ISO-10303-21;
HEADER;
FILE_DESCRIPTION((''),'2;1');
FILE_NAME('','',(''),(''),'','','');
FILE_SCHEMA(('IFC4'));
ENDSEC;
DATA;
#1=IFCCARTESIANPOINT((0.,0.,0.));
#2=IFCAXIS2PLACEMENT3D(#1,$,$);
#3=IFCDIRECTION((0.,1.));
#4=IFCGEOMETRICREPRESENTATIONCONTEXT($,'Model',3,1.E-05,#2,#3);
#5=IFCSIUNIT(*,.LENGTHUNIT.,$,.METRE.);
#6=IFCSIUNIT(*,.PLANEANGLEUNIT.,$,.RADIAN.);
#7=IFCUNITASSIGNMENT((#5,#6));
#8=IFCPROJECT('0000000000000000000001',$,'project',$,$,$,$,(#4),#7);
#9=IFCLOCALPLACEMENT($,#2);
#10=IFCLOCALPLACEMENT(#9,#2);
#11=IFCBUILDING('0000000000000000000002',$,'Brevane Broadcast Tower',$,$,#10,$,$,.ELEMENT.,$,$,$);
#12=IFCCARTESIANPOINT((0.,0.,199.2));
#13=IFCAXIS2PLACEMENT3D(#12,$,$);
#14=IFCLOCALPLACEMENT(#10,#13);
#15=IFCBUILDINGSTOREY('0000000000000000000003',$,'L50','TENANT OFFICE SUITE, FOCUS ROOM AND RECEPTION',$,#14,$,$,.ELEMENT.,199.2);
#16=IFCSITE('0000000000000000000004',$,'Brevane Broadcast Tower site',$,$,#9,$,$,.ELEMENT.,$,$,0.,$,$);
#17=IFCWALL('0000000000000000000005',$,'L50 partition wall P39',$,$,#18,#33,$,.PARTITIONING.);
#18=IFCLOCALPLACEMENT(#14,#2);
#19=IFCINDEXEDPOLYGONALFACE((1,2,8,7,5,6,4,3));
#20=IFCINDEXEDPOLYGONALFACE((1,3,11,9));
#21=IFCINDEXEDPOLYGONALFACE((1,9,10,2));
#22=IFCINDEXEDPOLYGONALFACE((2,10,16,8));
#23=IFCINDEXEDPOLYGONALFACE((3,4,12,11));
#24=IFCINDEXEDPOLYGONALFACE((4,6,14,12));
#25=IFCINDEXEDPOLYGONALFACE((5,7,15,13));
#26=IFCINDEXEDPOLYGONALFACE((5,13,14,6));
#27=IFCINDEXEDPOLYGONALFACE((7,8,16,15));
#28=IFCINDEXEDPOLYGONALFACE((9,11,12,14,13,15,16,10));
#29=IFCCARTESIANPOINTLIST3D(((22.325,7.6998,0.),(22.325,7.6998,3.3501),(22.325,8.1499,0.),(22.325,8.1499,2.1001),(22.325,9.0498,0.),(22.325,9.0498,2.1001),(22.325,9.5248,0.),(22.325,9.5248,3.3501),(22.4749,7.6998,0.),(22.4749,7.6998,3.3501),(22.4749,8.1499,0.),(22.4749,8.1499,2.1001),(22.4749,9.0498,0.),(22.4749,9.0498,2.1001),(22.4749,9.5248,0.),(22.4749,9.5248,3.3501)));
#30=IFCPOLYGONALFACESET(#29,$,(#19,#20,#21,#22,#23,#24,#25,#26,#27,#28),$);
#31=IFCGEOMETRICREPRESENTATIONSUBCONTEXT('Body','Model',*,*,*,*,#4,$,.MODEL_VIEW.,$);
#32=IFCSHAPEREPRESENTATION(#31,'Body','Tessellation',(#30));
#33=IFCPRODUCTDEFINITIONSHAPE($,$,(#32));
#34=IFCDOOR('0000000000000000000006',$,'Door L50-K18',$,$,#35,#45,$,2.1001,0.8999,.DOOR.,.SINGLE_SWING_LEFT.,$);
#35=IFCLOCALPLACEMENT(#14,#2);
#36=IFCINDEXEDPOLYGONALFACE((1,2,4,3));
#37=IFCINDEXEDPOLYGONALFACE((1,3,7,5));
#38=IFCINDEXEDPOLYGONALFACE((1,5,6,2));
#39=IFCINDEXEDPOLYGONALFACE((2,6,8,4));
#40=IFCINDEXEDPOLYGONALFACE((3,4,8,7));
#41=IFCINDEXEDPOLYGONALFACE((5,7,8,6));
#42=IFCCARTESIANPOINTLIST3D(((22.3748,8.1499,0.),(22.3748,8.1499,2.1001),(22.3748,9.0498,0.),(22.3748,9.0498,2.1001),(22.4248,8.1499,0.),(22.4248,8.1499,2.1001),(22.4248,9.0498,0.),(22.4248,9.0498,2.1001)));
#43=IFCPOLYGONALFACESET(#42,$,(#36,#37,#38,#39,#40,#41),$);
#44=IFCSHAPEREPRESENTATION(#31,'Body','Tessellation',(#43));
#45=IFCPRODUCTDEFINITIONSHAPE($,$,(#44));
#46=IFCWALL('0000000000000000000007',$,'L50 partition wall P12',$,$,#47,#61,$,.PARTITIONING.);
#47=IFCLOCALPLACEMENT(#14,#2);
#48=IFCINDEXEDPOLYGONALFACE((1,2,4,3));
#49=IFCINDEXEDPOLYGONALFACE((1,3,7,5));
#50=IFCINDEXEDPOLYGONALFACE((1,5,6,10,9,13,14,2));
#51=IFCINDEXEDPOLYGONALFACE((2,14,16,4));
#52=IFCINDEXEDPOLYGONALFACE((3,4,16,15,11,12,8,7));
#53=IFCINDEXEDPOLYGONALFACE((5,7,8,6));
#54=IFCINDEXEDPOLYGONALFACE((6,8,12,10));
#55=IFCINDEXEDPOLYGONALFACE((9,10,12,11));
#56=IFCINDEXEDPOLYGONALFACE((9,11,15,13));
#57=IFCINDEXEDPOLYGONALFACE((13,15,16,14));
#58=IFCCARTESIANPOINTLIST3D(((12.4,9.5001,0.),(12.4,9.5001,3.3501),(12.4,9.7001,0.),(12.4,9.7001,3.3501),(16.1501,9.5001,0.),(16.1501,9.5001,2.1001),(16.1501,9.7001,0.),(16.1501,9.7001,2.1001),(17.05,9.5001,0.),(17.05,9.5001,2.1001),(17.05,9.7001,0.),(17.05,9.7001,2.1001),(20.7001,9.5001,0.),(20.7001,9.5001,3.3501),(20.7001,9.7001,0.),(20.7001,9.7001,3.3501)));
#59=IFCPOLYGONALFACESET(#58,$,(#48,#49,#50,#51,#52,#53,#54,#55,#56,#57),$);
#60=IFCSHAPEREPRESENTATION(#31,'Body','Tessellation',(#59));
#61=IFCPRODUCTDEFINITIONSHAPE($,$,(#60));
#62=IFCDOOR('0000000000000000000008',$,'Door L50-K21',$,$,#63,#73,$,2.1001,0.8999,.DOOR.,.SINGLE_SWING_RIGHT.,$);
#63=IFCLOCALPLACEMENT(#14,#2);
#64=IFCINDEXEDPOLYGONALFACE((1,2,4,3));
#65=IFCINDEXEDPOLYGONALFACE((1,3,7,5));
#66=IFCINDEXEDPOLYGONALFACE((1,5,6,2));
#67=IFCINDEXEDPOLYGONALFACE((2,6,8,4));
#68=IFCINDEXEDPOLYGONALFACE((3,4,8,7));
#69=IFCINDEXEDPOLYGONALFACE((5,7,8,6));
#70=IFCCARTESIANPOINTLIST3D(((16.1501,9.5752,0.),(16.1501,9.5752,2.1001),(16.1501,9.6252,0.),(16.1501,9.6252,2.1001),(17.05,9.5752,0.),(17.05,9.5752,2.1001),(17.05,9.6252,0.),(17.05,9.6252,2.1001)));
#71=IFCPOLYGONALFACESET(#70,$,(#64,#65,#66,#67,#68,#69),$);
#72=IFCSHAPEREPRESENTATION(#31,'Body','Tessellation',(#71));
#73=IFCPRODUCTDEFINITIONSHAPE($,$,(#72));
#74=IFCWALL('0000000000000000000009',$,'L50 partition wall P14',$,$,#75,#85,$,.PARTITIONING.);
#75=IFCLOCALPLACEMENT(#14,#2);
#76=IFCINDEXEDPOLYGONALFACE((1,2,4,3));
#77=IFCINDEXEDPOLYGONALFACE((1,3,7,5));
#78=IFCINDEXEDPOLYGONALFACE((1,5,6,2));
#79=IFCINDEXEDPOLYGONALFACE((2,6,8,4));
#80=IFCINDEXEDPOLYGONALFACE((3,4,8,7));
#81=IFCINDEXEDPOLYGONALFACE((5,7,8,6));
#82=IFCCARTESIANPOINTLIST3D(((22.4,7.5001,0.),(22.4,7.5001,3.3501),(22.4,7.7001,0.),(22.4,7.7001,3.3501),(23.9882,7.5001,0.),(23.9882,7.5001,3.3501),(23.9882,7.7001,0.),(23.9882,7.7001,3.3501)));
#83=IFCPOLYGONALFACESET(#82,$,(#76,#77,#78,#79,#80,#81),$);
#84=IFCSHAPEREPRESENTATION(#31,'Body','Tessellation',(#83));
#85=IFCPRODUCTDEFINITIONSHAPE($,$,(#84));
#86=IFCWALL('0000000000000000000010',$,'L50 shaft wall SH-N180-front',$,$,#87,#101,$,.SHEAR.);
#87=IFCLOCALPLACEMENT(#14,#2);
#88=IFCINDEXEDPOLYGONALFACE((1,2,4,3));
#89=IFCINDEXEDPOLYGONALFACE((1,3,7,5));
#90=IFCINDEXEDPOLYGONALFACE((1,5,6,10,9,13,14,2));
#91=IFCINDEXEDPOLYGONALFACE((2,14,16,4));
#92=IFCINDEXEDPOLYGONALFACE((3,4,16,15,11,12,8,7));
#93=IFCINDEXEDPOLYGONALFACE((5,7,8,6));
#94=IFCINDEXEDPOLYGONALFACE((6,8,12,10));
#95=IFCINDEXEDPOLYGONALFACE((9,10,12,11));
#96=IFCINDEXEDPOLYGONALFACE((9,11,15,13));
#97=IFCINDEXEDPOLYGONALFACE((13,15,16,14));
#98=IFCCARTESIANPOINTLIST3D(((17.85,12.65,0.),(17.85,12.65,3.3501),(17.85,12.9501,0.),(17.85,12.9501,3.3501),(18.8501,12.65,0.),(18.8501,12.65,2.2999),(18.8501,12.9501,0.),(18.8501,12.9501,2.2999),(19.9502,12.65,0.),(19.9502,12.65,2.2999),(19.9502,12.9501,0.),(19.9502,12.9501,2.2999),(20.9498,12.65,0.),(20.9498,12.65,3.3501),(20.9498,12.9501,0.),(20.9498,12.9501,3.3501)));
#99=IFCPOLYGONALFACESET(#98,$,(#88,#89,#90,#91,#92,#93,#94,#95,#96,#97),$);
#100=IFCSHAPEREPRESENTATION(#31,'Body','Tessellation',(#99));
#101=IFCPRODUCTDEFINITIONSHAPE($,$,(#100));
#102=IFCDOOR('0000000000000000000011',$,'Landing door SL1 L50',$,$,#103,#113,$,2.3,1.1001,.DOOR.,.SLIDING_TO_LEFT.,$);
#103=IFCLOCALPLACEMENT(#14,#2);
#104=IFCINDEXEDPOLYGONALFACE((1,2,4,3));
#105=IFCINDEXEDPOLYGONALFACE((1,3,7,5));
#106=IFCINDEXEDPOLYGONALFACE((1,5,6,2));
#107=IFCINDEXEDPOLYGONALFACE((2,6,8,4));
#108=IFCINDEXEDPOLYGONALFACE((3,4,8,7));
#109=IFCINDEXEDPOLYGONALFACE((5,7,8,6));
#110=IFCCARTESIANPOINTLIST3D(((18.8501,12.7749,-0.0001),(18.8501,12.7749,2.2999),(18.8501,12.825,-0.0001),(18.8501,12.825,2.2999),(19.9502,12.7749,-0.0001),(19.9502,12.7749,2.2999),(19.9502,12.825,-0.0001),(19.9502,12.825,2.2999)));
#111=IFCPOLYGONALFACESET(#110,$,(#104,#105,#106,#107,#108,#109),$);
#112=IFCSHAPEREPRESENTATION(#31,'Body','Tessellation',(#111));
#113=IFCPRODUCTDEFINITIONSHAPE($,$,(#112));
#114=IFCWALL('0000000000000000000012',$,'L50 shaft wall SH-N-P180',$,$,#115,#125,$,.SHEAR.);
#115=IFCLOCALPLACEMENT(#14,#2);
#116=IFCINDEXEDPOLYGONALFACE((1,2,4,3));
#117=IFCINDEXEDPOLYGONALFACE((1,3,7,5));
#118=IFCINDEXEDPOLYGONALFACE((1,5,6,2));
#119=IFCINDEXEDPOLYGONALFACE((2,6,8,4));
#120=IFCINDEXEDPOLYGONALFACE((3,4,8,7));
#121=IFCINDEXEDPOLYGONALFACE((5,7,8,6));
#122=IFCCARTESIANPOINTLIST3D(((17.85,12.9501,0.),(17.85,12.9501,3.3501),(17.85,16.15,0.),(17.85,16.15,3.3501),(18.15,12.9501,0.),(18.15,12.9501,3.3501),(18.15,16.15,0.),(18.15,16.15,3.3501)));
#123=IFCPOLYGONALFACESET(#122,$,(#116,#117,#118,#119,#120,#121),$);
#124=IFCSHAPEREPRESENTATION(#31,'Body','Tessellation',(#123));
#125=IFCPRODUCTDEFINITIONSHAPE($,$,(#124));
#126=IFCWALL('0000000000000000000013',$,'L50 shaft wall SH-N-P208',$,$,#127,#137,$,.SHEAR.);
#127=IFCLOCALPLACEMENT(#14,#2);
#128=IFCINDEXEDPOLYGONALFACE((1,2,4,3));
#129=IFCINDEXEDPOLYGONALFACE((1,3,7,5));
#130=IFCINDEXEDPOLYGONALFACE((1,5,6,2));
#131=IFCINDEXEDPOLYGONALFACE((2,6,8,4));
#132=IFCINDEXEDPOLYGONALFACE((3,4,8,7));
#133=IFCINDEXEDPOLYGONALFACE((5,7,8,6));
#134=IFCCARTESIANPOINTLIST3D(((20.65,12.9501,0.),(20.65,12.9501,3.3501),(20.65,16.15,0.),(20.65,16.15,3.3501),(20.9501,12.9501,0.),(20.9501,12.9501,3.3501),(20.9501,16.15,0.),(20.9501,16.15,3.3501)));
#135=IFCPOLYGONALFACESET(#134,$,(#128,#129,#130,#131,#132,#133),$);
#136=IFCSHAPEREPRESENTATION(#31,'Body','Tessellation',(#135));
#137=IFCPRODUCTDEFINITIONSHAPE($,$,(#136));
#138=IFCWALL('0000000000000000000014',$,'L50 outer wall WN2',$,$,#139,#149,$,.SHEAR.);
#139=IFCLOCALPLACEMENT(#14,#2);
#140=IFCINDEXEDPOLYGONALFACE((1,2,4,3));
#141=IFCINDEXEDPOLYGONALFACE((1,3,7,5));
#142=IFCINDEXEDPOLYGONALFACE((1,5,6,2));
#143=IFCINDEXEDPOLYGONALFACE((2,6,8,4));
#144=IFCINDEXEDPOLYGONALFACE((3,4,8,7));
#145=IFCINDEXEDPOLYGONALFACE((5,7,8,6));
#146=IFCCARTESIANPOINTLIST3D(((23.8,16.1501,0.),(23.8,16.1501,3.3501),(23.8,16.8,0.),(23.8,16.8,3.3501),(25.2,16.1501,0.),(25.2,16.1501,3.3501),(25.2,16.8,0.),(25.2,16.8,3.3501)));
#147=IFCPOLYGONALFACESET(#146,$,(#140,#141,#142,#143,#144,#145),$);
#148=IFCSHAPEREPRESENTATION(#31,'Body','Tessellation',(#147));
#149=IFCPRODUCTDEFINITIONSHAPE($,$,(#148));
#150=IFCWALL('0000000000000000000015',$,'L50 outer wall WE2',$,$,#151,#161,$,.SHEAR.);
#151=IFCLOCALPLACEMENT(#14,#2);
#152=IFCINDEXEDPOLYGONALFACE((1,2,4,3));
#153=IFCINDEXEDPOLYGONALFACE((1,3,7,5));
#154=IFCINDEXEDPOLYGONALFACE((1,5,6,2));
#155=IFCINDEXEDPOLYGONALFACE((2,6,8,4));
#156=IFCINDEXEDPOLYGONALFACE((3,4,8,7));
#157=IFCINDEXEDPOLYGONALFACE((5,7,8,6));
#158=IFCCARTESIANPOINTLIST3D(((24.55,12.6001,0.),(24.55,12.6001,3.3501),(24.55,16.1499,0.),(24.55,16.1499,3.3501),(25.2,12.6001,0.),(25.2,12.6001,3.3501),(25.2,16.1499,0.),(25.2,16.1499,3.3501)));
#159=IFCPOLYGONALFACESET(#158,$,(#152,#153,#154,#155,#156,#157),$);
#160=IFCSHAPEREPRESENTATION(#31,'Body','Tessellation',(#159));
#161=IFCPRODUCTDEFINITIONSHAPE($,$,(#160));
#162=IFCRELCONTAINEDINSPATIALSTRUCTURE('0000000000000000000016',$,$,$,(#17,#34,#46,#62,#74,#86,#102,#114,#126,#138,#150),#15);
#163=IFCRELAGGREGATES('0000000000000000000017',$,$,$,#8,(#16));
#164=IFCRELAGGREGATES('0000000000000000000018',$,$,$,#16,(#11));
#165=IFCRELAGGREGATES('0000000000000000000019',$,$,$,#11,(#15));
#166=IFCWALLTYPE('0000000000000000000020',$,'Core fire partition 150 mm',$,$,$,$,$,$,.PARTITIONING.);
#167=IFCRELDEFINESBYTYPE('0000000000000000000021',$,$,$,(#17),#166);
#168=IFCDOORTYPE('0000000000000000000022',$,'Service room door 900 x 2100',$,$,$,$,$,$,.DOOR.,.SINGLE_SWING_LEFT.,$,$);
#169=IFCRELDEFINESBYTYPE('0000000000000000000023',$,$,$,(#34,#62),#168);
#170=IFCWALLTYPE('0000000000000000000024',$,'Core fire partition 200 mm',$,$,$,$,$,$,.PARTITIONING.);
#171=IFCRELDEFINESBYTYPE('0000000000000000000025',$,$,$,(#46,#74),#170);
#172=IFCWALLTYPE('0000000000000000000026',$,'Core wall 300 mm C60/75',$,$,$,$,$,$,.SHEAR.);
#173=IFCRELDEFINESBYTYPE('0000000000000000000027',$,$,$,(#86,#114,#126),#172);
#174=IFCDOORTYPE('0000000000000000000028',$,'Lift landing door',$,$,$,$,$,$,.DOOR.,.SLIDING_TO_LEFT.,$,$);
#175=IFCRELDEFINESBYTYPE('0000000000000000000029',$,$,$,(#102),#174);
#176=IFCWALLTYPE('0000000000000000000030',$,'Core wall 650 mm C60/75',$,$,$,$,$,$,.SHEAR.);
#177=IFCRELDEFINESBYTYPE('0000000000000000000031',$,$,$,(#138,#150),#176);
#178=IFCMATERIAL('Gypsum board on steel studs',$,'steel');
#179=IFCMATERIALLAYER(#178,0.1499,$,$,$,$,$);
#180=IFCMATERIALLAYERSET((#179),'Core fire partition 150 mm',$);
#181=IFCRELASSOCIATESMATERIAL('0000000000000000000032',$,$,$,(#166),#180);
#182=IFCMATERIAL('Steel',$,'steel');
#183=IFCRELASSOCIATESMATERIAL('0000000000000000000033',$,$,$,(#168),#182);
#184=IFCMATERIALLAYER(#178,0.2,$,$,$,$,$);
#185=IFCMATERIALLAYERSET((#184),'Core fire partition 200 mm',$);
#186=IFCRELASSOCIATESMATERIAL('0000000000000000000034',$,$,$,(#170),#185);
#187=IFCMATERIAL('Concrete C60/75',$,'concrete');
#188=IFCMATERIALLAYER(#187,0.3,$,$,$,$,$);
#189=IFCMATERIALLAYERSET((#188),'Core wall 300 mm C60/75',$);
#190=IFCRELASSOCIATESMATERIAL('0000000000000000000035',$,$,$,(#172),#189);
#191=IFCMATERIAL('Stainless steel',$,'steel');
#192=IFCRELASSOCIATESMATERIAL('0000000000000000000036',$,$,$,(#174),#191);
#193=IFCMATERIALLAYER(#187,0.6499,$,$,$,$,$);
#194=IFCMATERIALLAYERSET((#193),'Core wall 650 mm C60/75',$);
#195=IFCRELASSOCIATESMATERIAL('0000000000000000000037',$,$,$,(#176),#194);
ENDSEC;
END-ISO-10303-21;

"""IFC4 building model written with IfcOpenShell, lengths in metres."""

from ifc_helpers import new_model, si_unit, direction, frame, frame_2d, origin, place, context, subcontext, project, spatial, rectangle, extrude, material, layer, layer_set, type_object, element, fill, save


model = new_model("IFC4")

# Units and contexts
model_context = context("Model", 3, precision=1e-05, world=origin(), true_north=direction((0.0, 1.0)))
body_context = subcontext(model_context, "Body", "Model", "MODEL_VIEW")
ifc_project = project(units=[si_unit("LENGTHUNIT", "METRE"), si_unit("PLANEANGLEUNIT", "RADIAN")], contexts=[model_context])

# Site, building, storey
site_placement = place(None, origin())
site = spatial("IfcSite", under=ifc_project, at=site_placement, Name="Brevane Broadcast Tower site", CompositionType="ELEMENT", RefElevation=0.0)
building_placement = place(site_placement, origin())
building = spatial("IfcBuilding", under=site, at=building_placement, Name="Brevane Broadcast Tower", CompositionType="ELEMENT")
storey_placement = place(building_placement, frame((0.0, 0.0, 199.2)))
storey = spatial("IfcBuildingStorey", under=building, at=storey_placement, Name="L50", Description="TENANT OFFICE SUITE, FOCUS ROOM AND RECEPTION", CompositionType="ELEMENT", Elevation=199.2)

# Shared definitions
ifc_material_1 = material(Name="Concrete C60/75", Category="concrete")

# Shared definitions
ifc_material_2 = material(Name="Gypsum board on steel studs", Category="steel")
ifc_layer_1 = layer(ifc_material_2, 0.1499)
ifc_layer_set_1 = layer_set([ifc_layer_1], Name="Core fire partition 150 mm")
wall_type_1 = type_object("IfcWallType", Name="Core fire partition 150 mm", PredefinedType="PARTITIONING", material=ifc_layer_set_1)
ifc_material_3 = material(Name="Steel", Category="steel")

# Walls, openings, doors
wall_1_placement = place(storey_placement, frame((22.3999, 9.5249, 0.0), z_axis=(0.0, 0.0, 1.0), x_axis=(0.0, -1.0, 0.0)))
wall_1 = element("IfcWall", 1, at=wall_1_placement, inside=storey, type_object=wall_type_1, Name="L50 partition wall P39", PredefinedType="PARTITIONING", context=body_context, shape_type="SweptSolid", body=[
    extrude(rectangle(XDim=1.825, YDim=0.1499, at=frame_2d((0.9126, 0.0))), origin(), (0.0, 0.0, 1.0), 3.3501),
])
opening_1_placement = place(wall_1_placement, frame((0.4751, 0.0, 0.0)))
opening_1 = element("IfcOpeningElement", 2, at=opening_1_placement, cuts=wall_1, PredefinedType="OPENING", context=body_context, shape_type="SweptSolid", body=[
    extrude(rectangle(XDim=0.8999, YDim=2.1001, at=frame_2d((0.45, 1.05))), frame((0.0, 0.085, 0.0), z_axis=(0.0, -1.0, 0.0), x_axis=(1.0, 0.0, 0.0)), (0.0, 0.0, 1.0), 0.1699),
])
door_type_1 = type_object("IfcDoorType", Name="Service room door 900 x 2100", OperationType="SINGLE_SWING_LEFT", PredefinedType="DOOR", material=ifc_material_3)
door_1_placement = place(opening_1_placement, origin())
door_1 = element("IfcDoor", 3, at=door_1_placement, inside=storey, type_object=door_type_1, Name="Door L50-K18", OperationType="SINGLE_SWING_LEFT", OverallHeight=2.1001, OverallWidth=0.8999, PredefinedType="DOOR", context=body_context, shape_type="SweptSolid", body=[
    extrude(rectangle(XDim=0.8999, YDim=2.1001, at=frame_2d((0.45, 1.05))), frame((0.0, 0.0249, 0.0), z_axis=(0.0, -1.0, 0.0), x_axis=(1.0, 0.0, 0.0)), (0.0, 0.0, 1.0), 0.05),
])
fill(opening_1, door_1)
ifc_layer_2 = layer(ifc_material_2, 0.2)
ifc_layer_set_2 = layer_set([ifc_layer_2], Name="Core fire partition 200 mm")
wall_type_2 = type_object("IfcWallType", Name="Core fire partition 200 mm", PredefinedType="PARTITIONING", material=ifc_layer_set_2)
wall_2_placement = place(storey_placement, frame((20.7, 9.6001, 0.0), z_axis=(0.0, 0.0, 1.0), x_axis=(-1.0, 0.0, 0.0)))
wall_2 = element("IfcWall", 4, at=wall_2_placement, inside=storey, type_object=wall_type_2, Name="L50 partition wall P12", PredefinedType="PARTITIONING", context=body_context, shape_type="SweptSolid", body=[
    extrude(rectangle(XDim=8.3, YDim=0.2, at=frame_2d((4.1499, 0.0))), origin(), (0.0, 0.0, 1.0), 3.3501),
])
opening_2_placement = place(wall_2_placement, frame((3.6499, 0.0, 0.0)))
opening_2 = element("IfcOpeningElement", 5, at=opening_2_placement, cuts=wall_2, PredefinedType="OPENING", context=body_context, shape_type="SweptSolid", body=[
    extrude(rectangle(XDim=0.8999, YDim=2.1001, at=frame_2d((0.45, 1.05))), frame((0.0, 0.1099, 0.0), z_axis=(0.0, -1.0, 0.0), x_axis=(1.0, 0.0, 0.0)), (0.0, 0.0, 1.0), 0.22),
])
door_2_placement = place(opening_2_placement, origin())
door_2 = element("IfcDoor", 6, at=door_2_placement, inside=storey, type_object=door_type_1, Name="Door L50-K21", OperationType="SINGLE_SWING_RIGHT", OverallHeight=2.1001, OverallWidth=0.8999, PredefinedType="DOOR", context=body_context, shape_type="SweptSolid", body=[
    extrude(rectangle(XDim=0.8999, YDim=2.1001, at=frame_2d((0.45, 1.05))), frame((0.0, 0.0249, 0.0), z_axis=(0.0, -1.0, 0.0), x_axis=(1.0, 0.0, 0.0)), (0.0, 0.0, 1.0), 0.05),
])
fill(opening_2, door_2)

# Wall
wall_3_placement = place(storey_placement, frame((23.988, 7.6001, 0.0), z_axis=(0.0, 0.0, 1.0), x_axis=(-1.0, 0.0, 0.0)))
element("IfcWall", 7, at=wall_3_placement, inside=storey, type_object=wall_type_2, Name="L50 partition wall P14", PredefinedType="PARTITIONING", context=body_context, shape_type="SweptSolid", body=[
    extrude(rectangle(XDim=1.5881, YDim=0.2, at=frame_2d((0.7939, 0.0))), origin(), (0.0, 0.0, 1.0), 3.3501),
])

# Wall, opening, door
ifc_layer_3 = layer(ifc_material_1, 0.3)
ifc_layer_set_3 = layer_set([ifc_layer_3], Name="Core wall 300 mm C60/75")
wall_type_3 = type_object("IfcWallType", Name="Core wall 300 mm C60/75", PredefinedType="SHEAR", material=ifc_layer_set_3)
wall_4_placement = place(storey_placement, frame((17.8501, 12.8, 0.0), z_axis=(0.0, 0.0, 1.0), x_axis=(1.0, 0.0, 0.0)))
wall_4 = element("IfcWall", 8, at=wall_4_placement, inside=storey, type_object=wall_type_3, Name="L50 shaft wall SH-N180-front", PredefinedType="SHEAR", context=body_context, shape_type="SweptSolid", body=[
    extrude(rectangle(XDim=3.0999, YDim=0.3, at=frame_2d((1.5498, 0.0))), origin(), (0.0, 0.0, 1.0), 3.3501),
])
opening_3_placement = place(wall_4_placement, frame((1.0, 0.0, 0.0)))
opening_3 = element("IfcOpeningElement", 9, at=opening_3_placement, cuts=wall_4, PredefinedType="OPENING", context=body_context, shape_type="SweptSolid", body=[
    extrude(rectangle(XDim=1.1001, YDim=2.3, at=frame_2d((0.55, 1.1499))), frame((0.0, 0.1599, 0.0), z_axis=(0.0, -1.0, 0.0), x_axis=(1.0, 0.0, 0.0)), (0.0, 0.0, 1.0), 0.3201),
])
ifc_material_4 = material(Name="Stainless steel", Category="steel")
door_type_2 = type_object("IfcDoorType", Name="Lift landing door", OperationType="SLIDING_TO_LEFT", PredefinedType="DOOR", material=ifc_material_4)
door_3_placement = place(opening_3_placement, origin())
door_3 = element("IfcDoor", 10, at=door_3_placement, inside=storey, type_object=door_type_2, Name="Landing door SL1 L50", OperationType="SLIDING_TO_LEFT", OverallHeight=2.3, OverallWidth=1.1001, PredefinedType="DOOR", context=body_context, shape_type="SweptSolid", body=[
    extrude(rectangle(XDim=1.1001, YDim=2.3, at=frame_2d((0.55, 1.1499))), frame((0.0, 0.0249, 0.0), z_axis=(0.0, -1.0, 0.0), x_axis=(1.0, 0.0, 0.0)), (0.0, 0.0, 1.0), 0.05),
])
fill(opening_3, door_3)

# Walls
for number, where, z_axis, x_axis, name in (
    (11, (18.0, 12.95, 0.0), (0.0, 0.0, 1.0), (0.0, 1.0, 0.0), "L50 shaft wall SH-N-P180"),
    (12, (20.8, 12.95, 0.0), (0.0, 0.0, 1.0), (0.0, 1.0, 0.0), "L50 shaft wall SH-N-P208"),
):
    element("IfcWall", number, at=place(storey_placement, frame(where, z_axis=z_axis, x_axis=x_axis)), inside=storey, type_object=wall_type_3, Name=name, PredefinedType="SHEAR", context=body_context, shape_type="SweptSolid", body=[
        extrude(rectangle(XDim=3.2, YDim=0.3, at=frame_2d((1.6001, 0.0))), origin(), (0.0, 0.0, 1.0), 3.3501),
    ])
ifc_layer_4 = layer(ifc_material_1, 0.6499)
ifc_layer_set_4 = layer_set([ifc_layer_4], Name="Core wall 650 mm C60/75")
wall_type_4 = type_object("IfcWallType", Name="Core wall 650 mm C60/75", PredefinedType="SHEAR", material=ifc_layer_set_4)
wall_5_placement = place(storey_placement, frame((23.8, 16.4751, 0.0), z_axis=(0.0, 0.0, 1.0), x_axis=(1.0, 0.0, 0.0)))
element("IfcWall", 13, at=wall_5_placement, inside=storey, type_object=wall_type_4, Name="L50 outer wall WN2", PredefinedType="SHEAR", context=body_context, shape_type="SweptSolid", body=[
    extrude(rectangle(XDim=1.3999, YDim=0.6499, at=frame_2d((0.7, 0.0))), origin(), (0.0, 0.0, 1.0), 3.3501),
])
wall_6_placement = place(storey_placement, frame((24.875, 12.6001, 0.0), z_axis=(0.0, 0.0, 1.0), x_axis=(0.0, 1.0, 0.0)))
element("IfcWall", 14, at=wall_6_placement, inside=storey, type_object=wall_type_4, Name="L50 outer wall WE2", PredefinedType="SHEAR", context=body_context, shape_type="SweptSolid", body=[
    extrude(rectangle(XDim=3.5498, YDim=0.6499, at=frame_2d((1.7749, 0.0))), origin(), (0.0, 0.0, 1.0), 3.3501),
])

save(model, "model.ifc")
